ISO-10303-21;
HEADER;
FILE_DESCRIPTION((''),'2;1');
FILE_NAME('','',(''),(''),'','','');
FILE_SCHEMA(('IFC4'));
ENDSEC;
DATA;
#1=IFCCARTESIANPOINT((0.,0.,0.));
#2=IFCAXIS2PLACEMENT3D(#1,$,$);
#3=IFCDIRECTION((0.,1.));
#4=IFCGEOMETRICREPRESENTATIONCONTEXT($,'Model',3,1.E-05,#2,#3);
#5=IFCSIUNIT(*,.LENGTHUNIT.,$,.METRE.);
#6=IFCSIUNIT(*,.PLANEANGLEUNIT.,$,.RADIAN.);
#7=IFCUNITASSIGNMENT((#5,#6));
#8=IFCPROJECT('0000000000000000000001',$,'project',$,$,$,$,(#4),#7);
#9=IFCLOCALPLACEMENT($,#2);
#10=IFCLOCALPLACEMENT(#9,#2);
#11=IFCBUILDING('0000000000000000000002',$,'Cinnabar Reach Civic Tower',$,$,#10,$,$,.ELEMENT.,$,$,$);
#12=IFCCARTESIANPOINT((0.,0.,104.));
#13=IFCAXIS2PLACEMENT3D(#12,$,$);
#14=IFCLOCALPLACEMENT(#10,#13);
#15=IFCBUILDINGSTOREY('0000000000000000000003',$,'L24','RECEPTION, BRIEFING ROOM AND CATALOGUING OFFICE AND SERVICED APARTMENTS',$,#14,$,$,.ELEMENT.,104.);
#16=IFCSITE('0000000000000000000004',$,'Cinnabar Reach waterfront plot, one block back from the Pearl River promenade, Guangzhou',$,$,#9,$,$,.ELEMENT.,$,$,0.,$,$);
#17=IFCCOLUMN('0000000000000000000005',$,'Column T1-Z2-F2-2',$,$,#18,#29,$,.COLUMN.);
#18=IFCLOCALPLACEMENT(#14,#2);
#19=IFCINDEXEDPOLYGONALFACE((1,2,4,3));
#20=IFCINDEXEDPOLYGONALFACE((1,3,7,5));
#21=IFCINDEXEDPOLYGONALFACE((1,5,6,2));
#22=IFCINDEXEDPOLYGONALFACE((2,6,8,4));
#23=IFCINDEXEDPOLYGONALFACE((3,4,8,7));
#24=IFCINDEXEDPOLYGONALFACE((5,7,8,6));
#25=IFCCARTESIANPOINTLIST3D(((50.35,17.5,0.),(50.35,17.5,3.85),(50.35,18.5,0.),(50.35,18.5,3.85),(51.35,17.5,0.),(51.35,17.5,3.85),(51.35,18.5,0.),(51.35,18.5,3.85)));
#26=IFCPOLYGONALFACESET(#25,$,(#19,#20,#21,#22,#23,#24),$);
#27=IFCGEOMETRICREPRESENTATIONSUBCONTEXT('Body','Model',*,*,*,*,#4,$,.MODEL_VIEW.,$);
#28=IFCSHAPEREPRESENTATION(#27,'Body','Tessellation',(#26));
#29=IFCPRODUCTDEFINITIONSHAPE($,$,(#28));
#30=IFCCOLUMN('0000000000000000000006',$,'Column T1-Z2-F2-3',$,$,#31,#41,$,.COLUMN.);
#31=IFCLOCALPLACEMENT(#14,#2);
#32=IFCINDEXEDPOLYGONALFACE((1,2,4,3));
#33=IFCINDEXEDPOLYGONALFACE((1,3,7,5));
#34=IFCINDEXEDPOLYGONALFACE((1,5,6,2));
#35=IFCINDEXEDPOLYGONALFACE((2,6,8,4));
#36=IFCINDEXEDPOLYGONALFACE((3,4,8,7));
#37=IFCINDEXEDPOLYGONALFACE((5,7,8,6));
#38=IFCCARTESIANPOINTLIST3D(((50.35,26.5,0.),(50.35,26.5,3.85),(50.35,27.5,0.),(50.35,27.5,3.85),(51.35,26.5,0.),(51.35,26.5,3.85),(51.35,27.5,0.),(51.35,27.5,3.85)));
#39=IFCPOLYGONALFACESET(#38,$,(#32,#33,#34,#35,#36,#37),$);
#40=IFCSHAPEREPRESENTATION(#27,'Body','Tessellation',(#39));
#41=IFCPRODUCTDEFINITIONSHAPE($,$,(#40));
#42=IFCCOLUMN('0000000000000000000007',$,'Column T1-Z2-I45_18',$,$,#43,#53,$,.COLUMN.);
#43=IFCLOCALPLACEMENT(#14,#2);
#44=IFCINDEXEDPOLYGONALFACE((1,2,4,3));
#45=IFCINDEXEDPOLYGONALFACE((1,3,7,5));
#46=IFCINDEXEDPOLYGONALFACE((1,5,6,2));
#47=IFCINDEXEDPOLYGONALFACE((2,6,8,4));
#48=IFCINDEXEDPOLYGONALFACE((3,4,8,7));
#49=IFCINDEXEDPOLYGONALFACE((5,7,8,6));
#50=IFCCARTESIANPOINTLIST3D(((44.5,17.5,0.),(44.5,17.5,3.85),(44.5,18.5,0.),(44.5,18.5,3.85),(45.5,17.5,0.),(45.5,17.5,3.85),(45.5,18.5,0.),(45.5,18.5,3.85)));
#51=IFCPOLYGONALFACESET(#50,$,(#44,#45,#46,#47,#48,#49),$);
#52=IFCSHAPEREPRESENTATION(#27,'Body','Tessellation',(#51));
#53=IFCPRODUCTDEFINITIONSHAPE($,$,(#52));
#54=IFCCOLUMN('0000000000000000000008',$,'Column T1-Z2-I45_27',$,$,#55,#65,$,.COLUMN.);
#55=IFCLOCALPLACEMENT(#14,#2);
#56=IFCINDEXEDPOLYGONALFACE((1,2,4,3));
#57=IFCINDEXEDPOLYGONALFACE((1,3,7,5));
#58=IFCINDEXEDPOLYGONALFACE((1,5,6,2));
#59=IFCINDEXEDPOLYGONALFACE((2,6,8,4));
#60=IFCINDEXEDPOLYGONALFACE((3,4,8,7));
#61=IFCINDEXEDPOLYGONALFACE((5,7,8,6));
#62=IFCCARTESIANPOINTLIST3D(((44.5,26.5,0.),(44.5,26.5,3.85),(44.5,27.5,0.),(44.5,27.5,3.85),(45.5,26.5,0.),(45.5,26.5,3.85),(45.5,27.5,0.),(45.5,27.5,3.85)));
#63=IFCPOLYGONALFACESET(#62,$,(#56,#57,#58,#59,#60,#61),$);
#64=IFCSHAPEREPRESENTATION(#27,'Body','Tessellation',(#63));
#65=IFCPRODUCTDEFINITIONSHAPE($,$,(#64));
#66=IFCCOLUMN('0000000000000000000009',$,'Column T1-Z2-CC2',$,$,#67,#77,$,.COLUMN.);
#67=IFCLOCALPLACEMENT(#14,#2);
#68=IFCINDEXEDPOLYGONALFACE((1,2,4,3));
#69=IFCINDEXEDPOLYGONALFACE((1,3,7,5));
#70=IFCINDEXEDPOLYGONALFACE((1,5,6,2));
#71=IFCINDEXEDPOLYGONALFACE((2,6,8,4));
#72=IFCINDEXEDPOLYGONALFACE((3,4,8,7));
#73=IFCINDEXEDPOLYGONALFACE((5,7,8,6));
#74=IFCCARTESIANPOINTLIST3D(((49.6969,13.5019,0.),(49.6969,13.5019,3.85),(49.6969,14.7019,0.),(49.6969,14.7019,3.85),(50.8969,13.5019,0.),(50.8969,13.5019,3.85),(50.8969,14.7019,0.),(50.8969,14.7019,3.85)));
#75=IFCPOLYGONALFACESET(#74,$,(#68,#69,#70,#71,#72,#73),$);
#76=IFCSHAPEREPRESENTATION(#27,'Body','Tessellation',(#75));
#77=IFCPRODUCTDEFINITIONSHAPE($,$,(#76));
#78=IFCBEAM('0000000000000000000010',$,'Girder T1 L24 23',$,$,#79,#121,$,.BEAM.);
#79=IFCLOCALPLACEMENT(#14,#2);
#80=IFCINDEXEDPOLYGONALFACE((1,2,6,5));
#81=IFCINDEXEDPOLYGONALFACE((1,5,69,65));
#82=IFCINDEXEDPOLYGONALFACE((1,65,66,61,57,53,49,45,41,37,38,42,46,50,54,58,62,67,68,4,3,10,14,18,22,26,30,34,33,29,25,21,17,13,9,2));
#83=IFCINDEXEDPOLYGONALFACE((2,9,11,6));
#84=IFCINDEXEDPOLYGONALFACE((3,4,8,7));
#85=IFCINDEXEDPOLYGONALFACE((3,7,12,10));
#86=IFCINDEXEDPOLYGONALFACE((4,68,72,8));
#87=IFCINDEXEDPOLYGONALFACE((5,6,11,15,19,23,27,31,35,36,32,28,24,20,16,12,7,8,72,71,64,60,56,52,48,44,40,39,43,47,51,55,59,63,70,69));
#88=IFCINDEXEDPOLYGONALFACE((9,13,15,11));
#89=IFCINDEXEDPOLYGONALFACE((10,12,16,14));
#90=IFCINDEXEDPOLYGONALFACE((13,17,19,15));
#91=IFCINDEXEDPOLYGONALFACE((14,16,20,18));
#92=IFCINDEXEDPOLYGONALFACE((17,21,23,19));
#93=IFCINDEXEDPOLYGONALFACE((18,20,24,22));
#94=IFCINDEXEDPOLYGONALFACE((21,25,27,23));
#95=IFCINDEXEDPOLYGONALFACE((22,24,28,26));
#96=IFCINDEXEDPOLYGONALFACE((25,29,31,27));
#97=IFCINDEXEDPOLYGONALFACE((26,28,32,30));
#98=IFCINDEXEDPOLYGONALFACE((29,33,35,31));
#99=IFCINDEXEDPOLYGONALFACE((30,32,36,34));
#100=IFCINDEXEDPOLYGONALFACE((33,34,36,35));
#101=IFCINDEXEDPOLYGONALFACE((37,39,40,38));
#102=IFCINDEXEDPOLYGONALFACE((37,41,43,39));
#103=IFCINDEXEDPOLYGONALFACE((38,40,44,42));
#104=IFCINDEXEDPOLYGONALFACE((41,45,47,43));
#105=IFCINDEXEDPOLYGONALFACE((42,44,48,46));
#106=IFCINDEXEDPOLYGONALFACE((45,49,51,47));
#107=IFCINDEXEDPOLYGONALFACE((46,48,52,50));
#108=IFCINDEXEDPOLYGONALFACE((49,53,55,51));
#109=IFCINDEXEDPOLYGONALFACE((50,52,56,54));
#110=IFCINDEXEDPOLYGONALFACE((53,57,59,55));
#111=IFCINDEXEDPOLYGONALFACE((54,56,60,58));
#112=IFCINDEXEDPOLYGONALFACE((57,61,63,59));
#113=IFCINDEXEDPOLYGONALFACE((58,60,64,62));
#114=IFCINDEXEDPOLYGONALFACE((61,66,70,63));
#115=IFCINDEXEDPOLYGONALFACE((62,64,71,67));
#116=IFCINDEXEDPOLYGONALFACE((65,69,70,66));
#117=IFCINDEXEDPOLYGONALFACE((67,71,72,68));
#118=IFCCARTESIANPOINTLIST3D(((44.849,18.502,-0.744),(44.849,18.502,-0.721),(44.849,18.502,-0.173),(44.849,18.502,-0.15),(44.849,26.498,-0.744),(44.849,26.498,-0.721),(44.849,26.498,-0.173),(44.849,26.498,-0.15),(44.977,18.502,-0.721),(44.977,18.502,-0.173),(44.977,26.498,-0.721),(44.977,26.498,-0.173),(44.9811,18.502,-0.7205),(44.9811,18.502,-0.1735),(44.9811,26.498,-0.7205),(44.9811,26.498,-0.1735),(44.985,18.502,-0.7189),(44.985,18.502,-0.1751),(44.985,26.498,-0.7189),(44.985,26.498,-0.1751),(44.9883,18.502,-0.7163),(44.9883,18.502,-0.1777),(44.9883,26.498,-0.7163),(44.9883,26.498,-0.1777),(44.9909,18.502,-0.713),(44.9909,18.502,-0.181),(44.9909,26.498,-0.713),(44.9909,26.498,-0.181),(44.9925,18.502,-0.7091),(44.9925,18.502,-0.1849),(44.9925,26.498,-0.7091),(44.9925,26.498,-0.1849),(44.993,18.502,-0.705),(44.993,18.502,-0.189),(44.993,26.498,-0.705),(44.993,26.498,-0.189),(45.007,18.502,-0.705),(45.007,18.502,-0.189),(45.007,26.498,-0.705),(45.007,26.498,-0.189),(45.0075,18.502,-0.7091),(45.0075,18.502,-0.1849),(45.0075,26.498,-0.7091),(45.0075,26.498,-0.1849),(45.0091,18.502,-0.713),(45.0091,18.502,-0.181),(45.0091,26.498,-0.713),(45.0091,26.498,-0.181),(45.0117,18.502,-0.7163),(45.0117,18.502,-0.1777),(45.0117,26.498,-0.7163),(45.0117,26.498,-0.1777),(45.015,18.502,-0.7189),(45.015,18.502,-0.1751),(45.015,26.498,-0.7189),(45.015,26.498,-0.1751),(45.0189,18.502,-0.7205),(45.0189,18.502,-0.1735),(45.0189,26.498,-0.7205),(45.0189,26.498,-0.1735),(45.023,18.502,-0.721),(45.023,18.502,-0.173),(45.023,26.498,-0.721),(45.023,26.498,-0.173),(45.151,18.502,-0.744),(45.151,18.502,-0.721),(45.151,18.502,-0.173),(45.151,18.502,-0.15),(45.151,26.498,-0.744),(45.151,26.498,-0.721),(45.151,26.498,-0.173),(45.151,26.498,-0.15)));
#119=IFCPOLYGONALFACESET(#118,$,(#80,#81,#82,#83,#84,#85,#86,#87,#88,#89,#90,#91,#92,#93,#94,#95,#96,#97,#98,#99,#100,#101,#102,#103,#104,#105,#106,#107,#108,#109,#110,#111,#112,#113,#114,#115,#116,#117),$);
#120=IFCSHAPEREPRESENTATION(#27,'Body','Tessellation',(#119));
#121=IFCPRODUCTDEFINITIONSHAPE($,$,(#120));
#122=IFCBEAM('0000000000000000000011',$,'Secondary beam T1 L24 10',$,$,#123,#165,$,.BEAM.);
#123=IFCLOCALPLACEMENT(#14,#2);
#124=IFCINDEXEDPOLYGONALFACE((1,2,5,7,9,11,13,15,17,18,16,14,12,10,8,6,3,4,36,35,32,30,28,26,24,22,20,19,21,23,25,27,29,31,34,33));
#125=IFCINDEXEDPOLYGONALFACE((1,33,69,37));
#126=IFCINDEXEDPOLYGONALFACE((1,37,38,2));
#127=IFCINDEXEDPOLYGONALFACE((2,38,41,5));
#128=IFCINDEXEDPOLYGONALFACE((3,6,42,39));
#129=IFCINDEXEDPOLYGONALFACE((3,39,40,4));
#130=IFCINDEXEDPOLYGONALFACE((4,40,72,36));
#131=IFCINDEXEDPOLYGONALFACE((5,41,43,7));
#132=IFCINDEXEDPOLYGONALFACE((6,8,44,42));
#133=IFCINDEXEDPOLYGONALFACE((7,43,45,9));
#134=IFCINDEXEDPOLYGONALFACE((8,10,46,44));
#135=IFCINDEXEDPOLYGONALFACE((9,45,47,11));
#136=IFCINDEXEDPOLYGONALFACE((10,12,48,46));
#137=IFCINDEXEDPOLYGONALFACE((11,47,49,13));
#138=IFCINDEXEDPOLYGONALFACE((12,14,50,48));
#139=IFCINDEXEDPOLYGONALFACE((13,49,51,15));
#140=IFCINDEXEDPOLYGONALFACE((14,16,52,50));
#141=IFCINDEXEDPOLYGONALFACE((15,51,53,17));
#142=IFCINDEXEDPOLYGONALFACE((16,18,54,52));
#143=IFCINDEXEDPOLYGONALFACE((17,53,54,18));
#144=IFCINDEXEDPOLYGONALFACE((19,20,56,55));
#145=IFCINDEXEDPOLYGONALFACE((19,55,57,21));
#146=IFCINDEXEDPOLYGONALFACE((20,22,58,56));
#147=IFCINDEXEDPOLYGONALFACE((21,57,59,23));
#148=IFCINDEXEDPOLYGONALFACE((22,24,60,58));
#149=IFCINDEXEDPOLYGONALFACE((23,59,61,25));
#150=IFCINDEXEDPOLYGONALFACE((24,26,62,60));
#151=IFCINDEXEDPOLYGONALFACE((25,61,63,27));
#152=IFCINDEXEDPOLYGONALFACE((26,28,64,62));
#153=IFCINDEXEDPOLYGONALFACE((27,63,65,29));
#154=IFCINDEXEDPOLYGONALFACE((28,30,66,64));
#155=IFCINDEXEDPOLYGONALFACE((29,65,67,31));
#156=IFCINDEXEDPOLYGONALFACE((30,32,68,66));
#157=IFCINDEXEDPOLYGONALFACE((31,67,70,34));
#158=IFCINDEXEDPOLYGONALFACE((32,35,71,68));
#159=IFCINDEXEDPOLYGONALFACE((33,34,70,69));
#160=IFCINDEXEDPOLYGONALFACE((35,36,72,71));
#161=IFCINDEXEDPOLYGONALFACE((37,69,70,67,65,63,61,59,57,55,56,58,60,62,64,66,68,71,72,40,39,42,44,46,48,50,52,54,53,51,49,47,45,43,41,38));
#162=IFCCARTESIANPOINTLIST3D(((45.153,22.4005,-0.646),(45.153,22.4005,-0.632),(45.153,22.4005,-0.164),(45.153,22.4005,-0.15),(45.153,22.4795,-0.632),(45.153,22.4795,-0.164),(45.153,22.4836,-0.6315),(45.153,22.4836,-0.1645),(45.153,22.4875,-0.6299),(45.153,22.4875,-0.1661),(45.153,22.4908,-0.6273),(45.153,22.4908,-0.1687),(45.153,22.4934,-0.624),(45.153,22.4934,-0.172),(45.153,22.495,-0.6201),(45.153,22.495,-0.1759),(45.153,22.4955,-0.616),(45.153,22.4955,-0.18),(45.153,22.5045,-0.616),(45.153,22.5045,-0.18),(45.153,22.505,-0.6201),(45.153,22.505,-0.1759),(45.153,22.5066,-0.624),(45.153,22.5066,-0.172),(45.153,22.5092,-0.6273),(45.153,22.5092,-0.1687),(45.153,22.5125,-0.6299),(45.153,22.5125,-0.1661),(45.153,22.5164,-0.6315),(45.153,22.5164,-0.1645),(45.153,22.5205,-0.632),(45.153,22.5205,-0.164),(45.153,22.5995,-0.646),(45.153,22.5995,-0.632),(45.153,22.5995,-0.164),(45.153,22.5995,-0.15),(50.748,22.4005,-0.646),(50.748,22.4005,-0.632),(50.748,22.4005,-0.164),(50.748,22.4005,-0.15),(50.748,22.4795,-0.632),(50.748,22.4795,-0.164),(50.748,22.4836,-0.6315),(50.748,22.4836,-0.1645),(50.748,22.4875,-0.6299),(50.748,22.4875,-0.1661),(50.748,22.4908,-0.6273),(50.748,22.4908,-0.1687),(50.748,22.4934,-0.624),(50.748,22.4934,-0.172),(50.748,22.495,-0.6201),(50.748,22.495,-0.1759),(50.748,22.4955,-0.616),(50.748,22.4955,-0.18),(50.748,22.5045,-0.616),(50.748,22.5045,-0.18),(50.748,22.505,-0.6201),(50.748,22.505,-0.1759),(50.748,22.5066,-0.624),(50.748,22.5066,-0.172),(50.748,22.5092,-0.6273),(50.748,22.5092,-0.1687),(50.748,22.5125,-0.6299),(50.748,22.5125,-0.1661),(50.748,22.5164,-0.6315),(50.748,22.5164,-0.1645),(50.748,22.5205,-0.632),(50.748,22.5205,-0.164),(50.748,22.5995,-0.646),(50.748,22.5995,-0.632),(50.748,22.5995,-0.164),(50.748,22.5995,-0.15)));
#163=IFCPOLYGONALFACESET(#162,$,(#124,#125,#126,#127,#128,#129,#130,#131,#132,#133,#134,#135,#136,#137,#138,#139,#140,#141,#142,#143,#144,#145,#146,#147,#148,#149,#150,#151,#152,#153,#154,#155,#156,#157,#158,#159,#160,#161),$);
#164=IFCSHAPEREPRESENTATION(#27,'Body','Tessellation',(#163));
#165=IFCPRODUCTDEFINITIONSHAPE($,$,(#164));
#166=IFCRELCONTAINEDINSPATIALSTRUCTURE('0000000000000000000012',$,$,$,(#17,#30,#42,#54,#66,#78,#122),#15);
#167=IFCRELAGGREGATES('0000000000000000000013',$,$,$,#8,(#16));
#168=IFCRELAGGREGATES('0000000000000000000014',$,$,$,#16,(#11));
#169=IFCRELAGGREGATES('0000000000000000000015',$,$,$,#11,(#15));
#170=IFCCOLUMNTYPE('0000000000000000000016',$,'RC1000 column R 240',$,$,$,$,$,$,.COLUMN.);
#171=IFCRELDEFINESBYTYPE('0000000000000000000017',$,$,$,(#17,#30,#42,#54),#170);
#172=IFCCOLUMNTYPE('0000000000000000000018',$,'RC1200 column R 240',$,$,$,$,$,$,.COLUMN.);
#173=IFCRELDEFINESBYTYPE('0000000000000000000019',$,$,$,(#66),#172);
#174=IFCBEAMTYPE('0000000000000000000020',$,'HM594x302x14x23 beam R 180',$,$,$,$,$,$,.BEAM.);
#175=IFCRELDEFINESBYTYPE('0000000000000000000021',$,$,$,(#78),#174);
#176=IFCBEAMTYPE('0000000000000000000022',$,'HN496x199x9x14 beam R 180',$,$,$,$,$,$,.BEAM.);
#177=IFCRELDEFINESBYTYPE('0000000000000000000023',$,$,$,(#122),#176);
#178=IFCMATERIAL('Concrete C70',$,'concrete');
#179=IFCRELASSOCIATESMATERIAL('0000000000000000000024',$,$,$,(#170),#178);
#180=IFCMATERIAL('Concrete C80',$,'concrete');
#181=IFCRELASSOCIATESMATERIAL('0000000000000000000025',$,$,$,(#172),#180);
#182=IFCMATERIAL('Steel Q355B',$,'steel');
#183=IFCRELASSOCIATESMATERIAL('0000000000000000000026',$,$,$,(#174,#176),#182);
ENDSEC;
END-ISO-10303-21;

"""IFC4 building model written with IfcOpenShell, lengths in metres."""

from ifc_helpers import new_model, si_unit, direction, frame, origin, origin_2d, place, context, subcontext, project, spatial, rectangle, i_section, extrude, material, material_profile, profile_set, type_object, element, save


model = new_model("IFC4")

# Units and contexts
model_context = context("Model", 3, precision=1e-05, world=origin(), true_north=direction((0.0, 1.0)))
body_context = subcontext(model_context, "Body", "Model", "MODEL_VIEW")
ifc_project = project(units=[si_unit("LENGTHUNIT", "METRE"), si_unit("PLANEANGLEUNIT", "RADIAN")], contexts=[model_context])

# Site, building, storey
site_placement = place(None, origin())
site = spatial("IfcSite", under=ifc_project, at=site_placement, Name="Cinnabar Reach waterfront plot, one block back from the Pearl River promenade, Guangzhou", CompositionType="ELEMENT", RefElevation=0.0)
building_placement = place(site_placement, origin())
building = spatial("IfcBuilding", under=site, at=building_placement, Name="Cinnabar Reach Civic Tower", CompositionType="ELEMENT")
storey_placement = place(building_placement, frame((0.0, 0.0, 104.0)))
storey = spatial("IfcBuildingStorey", under=building, at=storey_placement, Name="L24", Description="RECEPTION, BRIEFING ROOM AND CATALOGUING OFFICE AND SERVICED APARTMENTS", CompositionType="ELEMENT", Elevation=104.0)

# Columns
ifc_material_1 = material(Name="Concrete C70", Category="concrete")
ifc_material_profile_1 = material_profile(ifc_material_1, rectangle(XDim=1.0, YDim=1.0, at=origin_2d()), Name="RC1000")
ifc_profile_set_1 = profile_set([ifc_material_profile_1], Name="Concrete C70")
column_type_1 = type_object("IfcColumnType", Name="RC1000 column R 240", PredefinedType="COLUMN", material=ifc_profile_set_1)
for number, where, z_axis, x_axis, name in (
    (1, (50.85, 18.0, 0.0), (0.0, 0.0, 1.0), (1.0, 0.0, 0.0), "Column T1-Z2-F2-2"),
    (2, (50.85, 27.0, 0.0), (0.0, 0.0, 1.0), (1.0, 0.0, 0.0), "Column T1-Z2-F2-3"),
    (3, (45.0, 18.0, 0.0), (0.0, 0.0, 1.0), (1.0, 0.0, 0.0), "Column T1-Z2-I45_18"),
    (4, (45.0, 27.0, 0.0), (0.0, 0.0, 1.0), (1.0, 0.0, 0.0), "Column T1-Z2-I45_27"),
):
    element("IfcColumn", number, at=place(storey_placement, frame(where, z_axis=z_axis, x_axis=x_axis)), inside=storey, type_object=column_type_1, Name=name, PredefinedType="COLUMN", context=body_context, shape_type="SweptSolid", body=[
        extrude(rectangle(XDim=1.0, YDim=1.0, at=origin_2d()), origin(), (0.0, 0.0, 1.0), 3.85),
    ])
ifc_material_2 = material(Name="Concrete C80", Category="concrete")
ifc_material_profile_2 = material_profile(ifc_material_2, rectangle(XDim=1.2, YDim=1.2, at=origin_2d()), Name="RC1200")
ifc_profile_set_2 = profile_set([ifc_material_profile_2], Name="Concrete C80")
column_type_2 = type_object("IfcColumnType", Name="RC1200 column R 240", PredefinedType="COLUMN", material=ifc_profile_set_2)
column_placement = place(storey_placement, frame((50.2969, 14.1019, 0.0), z_axis=(0.0, 0.0, 1.0), x_axis=(1.0, 0.0, 0.0)))
element("IfcColumn", 5, at=column_placement, inside=storey, type_object=column_type_2, Name="Column T1-Z2-CC2", PredefinedType="COLUMN", context=body_context, shape_type="SweptSolid", body=[
    extrude(rectangle(XDim=1.2, YDim=1.2, at=origin_2d()), origin(), (0.0, 0.0, 1.0), 3.85),
])

# Beams
ifc_material_3 = material(Name="Steel Q355B", Category="steel")
ifc_material_profile_3 = material_profile(ifc_material_3, i_section(OverallWidth=0.302, OverallDepth=0.594, WebThickness=0.014, FlangeThickness=0.023, FilletRadius=0.016, at=origin_2d()), Name="HM594x302x14x23")
ifc_profile_set_3 = profile_set([ifc_material_profile_3], Name="Steel Q355B")
beam_type_1 = type_object("IfcBeamType", Name="HM594x302x14x23 beam R 180", PredefinedType="BEAM", material=ifc_profile_set_3)
beam_1_placement = place(storey_placement, frame((45.0, 18.502, -0.447), z_axis=(0.0, 1.0, 0.0), x_axis=(-1.0, 0.0, 0.0)))
element("IfcBeam", 6, at=beam_1_placement, inside=storey, type_object=beam_type_1, Name="Girder T1 L24 23", PredefinedType="BEAM", context=body_context, shape_type="SweptSolid", body=[
    extrude(i_section(OverallWidth=0.302, OverallDepth=0.594, WebThickness=0.014, FlangeThickness=0.023, FilletRadius=0.016, at=origin_2d()), origin(), (0.0, 0.0, 1.0), 7.996),
])
ifc_material_profile_4 = material_profile(ifc_material_3, i_section(OverallWidth=0.199, OverallDepth=0.496, WebThickness=0.009, FlangeThickness=0.014, FilletRadius=0.016, at=origin_2d()), Name="HN496x199x9x14")
ifc_profile_set_4 = profile_set([ifc_material_profile_4], Name="Steel Q355B")
beam_type_2 = type_object("IfcBeamType", Name="HN496x199x9x14 beam R 180", PredefinedType="BEAM", material=ifc_profile_set_4)
beam_2_placement = place(storey_placement, frame((45.153, 22.5, -0.398), z_axis=(1.0, 0.0, 0.0), x_axis=(0.0, 1.0, 0.0)))
element("IfcBeam", 7, at=beam_2_placement, inside=storey, type_object=beam_type_2, Name="Secondary beam T1 L24 10", PredefinedType="BEAM", context=body_context, shape_type="SweptSolid", body=[
    extrude(i_section(OverallWidth=0.199, OverallDepth=0.496, WebThickness=0.009, FlangeThickness=0.014, FilletRadius=0.016, at=origin_2d()), origin(), (0.0, 0.0, 1.0), 5.595),
])

save(model, "model.ifc")
